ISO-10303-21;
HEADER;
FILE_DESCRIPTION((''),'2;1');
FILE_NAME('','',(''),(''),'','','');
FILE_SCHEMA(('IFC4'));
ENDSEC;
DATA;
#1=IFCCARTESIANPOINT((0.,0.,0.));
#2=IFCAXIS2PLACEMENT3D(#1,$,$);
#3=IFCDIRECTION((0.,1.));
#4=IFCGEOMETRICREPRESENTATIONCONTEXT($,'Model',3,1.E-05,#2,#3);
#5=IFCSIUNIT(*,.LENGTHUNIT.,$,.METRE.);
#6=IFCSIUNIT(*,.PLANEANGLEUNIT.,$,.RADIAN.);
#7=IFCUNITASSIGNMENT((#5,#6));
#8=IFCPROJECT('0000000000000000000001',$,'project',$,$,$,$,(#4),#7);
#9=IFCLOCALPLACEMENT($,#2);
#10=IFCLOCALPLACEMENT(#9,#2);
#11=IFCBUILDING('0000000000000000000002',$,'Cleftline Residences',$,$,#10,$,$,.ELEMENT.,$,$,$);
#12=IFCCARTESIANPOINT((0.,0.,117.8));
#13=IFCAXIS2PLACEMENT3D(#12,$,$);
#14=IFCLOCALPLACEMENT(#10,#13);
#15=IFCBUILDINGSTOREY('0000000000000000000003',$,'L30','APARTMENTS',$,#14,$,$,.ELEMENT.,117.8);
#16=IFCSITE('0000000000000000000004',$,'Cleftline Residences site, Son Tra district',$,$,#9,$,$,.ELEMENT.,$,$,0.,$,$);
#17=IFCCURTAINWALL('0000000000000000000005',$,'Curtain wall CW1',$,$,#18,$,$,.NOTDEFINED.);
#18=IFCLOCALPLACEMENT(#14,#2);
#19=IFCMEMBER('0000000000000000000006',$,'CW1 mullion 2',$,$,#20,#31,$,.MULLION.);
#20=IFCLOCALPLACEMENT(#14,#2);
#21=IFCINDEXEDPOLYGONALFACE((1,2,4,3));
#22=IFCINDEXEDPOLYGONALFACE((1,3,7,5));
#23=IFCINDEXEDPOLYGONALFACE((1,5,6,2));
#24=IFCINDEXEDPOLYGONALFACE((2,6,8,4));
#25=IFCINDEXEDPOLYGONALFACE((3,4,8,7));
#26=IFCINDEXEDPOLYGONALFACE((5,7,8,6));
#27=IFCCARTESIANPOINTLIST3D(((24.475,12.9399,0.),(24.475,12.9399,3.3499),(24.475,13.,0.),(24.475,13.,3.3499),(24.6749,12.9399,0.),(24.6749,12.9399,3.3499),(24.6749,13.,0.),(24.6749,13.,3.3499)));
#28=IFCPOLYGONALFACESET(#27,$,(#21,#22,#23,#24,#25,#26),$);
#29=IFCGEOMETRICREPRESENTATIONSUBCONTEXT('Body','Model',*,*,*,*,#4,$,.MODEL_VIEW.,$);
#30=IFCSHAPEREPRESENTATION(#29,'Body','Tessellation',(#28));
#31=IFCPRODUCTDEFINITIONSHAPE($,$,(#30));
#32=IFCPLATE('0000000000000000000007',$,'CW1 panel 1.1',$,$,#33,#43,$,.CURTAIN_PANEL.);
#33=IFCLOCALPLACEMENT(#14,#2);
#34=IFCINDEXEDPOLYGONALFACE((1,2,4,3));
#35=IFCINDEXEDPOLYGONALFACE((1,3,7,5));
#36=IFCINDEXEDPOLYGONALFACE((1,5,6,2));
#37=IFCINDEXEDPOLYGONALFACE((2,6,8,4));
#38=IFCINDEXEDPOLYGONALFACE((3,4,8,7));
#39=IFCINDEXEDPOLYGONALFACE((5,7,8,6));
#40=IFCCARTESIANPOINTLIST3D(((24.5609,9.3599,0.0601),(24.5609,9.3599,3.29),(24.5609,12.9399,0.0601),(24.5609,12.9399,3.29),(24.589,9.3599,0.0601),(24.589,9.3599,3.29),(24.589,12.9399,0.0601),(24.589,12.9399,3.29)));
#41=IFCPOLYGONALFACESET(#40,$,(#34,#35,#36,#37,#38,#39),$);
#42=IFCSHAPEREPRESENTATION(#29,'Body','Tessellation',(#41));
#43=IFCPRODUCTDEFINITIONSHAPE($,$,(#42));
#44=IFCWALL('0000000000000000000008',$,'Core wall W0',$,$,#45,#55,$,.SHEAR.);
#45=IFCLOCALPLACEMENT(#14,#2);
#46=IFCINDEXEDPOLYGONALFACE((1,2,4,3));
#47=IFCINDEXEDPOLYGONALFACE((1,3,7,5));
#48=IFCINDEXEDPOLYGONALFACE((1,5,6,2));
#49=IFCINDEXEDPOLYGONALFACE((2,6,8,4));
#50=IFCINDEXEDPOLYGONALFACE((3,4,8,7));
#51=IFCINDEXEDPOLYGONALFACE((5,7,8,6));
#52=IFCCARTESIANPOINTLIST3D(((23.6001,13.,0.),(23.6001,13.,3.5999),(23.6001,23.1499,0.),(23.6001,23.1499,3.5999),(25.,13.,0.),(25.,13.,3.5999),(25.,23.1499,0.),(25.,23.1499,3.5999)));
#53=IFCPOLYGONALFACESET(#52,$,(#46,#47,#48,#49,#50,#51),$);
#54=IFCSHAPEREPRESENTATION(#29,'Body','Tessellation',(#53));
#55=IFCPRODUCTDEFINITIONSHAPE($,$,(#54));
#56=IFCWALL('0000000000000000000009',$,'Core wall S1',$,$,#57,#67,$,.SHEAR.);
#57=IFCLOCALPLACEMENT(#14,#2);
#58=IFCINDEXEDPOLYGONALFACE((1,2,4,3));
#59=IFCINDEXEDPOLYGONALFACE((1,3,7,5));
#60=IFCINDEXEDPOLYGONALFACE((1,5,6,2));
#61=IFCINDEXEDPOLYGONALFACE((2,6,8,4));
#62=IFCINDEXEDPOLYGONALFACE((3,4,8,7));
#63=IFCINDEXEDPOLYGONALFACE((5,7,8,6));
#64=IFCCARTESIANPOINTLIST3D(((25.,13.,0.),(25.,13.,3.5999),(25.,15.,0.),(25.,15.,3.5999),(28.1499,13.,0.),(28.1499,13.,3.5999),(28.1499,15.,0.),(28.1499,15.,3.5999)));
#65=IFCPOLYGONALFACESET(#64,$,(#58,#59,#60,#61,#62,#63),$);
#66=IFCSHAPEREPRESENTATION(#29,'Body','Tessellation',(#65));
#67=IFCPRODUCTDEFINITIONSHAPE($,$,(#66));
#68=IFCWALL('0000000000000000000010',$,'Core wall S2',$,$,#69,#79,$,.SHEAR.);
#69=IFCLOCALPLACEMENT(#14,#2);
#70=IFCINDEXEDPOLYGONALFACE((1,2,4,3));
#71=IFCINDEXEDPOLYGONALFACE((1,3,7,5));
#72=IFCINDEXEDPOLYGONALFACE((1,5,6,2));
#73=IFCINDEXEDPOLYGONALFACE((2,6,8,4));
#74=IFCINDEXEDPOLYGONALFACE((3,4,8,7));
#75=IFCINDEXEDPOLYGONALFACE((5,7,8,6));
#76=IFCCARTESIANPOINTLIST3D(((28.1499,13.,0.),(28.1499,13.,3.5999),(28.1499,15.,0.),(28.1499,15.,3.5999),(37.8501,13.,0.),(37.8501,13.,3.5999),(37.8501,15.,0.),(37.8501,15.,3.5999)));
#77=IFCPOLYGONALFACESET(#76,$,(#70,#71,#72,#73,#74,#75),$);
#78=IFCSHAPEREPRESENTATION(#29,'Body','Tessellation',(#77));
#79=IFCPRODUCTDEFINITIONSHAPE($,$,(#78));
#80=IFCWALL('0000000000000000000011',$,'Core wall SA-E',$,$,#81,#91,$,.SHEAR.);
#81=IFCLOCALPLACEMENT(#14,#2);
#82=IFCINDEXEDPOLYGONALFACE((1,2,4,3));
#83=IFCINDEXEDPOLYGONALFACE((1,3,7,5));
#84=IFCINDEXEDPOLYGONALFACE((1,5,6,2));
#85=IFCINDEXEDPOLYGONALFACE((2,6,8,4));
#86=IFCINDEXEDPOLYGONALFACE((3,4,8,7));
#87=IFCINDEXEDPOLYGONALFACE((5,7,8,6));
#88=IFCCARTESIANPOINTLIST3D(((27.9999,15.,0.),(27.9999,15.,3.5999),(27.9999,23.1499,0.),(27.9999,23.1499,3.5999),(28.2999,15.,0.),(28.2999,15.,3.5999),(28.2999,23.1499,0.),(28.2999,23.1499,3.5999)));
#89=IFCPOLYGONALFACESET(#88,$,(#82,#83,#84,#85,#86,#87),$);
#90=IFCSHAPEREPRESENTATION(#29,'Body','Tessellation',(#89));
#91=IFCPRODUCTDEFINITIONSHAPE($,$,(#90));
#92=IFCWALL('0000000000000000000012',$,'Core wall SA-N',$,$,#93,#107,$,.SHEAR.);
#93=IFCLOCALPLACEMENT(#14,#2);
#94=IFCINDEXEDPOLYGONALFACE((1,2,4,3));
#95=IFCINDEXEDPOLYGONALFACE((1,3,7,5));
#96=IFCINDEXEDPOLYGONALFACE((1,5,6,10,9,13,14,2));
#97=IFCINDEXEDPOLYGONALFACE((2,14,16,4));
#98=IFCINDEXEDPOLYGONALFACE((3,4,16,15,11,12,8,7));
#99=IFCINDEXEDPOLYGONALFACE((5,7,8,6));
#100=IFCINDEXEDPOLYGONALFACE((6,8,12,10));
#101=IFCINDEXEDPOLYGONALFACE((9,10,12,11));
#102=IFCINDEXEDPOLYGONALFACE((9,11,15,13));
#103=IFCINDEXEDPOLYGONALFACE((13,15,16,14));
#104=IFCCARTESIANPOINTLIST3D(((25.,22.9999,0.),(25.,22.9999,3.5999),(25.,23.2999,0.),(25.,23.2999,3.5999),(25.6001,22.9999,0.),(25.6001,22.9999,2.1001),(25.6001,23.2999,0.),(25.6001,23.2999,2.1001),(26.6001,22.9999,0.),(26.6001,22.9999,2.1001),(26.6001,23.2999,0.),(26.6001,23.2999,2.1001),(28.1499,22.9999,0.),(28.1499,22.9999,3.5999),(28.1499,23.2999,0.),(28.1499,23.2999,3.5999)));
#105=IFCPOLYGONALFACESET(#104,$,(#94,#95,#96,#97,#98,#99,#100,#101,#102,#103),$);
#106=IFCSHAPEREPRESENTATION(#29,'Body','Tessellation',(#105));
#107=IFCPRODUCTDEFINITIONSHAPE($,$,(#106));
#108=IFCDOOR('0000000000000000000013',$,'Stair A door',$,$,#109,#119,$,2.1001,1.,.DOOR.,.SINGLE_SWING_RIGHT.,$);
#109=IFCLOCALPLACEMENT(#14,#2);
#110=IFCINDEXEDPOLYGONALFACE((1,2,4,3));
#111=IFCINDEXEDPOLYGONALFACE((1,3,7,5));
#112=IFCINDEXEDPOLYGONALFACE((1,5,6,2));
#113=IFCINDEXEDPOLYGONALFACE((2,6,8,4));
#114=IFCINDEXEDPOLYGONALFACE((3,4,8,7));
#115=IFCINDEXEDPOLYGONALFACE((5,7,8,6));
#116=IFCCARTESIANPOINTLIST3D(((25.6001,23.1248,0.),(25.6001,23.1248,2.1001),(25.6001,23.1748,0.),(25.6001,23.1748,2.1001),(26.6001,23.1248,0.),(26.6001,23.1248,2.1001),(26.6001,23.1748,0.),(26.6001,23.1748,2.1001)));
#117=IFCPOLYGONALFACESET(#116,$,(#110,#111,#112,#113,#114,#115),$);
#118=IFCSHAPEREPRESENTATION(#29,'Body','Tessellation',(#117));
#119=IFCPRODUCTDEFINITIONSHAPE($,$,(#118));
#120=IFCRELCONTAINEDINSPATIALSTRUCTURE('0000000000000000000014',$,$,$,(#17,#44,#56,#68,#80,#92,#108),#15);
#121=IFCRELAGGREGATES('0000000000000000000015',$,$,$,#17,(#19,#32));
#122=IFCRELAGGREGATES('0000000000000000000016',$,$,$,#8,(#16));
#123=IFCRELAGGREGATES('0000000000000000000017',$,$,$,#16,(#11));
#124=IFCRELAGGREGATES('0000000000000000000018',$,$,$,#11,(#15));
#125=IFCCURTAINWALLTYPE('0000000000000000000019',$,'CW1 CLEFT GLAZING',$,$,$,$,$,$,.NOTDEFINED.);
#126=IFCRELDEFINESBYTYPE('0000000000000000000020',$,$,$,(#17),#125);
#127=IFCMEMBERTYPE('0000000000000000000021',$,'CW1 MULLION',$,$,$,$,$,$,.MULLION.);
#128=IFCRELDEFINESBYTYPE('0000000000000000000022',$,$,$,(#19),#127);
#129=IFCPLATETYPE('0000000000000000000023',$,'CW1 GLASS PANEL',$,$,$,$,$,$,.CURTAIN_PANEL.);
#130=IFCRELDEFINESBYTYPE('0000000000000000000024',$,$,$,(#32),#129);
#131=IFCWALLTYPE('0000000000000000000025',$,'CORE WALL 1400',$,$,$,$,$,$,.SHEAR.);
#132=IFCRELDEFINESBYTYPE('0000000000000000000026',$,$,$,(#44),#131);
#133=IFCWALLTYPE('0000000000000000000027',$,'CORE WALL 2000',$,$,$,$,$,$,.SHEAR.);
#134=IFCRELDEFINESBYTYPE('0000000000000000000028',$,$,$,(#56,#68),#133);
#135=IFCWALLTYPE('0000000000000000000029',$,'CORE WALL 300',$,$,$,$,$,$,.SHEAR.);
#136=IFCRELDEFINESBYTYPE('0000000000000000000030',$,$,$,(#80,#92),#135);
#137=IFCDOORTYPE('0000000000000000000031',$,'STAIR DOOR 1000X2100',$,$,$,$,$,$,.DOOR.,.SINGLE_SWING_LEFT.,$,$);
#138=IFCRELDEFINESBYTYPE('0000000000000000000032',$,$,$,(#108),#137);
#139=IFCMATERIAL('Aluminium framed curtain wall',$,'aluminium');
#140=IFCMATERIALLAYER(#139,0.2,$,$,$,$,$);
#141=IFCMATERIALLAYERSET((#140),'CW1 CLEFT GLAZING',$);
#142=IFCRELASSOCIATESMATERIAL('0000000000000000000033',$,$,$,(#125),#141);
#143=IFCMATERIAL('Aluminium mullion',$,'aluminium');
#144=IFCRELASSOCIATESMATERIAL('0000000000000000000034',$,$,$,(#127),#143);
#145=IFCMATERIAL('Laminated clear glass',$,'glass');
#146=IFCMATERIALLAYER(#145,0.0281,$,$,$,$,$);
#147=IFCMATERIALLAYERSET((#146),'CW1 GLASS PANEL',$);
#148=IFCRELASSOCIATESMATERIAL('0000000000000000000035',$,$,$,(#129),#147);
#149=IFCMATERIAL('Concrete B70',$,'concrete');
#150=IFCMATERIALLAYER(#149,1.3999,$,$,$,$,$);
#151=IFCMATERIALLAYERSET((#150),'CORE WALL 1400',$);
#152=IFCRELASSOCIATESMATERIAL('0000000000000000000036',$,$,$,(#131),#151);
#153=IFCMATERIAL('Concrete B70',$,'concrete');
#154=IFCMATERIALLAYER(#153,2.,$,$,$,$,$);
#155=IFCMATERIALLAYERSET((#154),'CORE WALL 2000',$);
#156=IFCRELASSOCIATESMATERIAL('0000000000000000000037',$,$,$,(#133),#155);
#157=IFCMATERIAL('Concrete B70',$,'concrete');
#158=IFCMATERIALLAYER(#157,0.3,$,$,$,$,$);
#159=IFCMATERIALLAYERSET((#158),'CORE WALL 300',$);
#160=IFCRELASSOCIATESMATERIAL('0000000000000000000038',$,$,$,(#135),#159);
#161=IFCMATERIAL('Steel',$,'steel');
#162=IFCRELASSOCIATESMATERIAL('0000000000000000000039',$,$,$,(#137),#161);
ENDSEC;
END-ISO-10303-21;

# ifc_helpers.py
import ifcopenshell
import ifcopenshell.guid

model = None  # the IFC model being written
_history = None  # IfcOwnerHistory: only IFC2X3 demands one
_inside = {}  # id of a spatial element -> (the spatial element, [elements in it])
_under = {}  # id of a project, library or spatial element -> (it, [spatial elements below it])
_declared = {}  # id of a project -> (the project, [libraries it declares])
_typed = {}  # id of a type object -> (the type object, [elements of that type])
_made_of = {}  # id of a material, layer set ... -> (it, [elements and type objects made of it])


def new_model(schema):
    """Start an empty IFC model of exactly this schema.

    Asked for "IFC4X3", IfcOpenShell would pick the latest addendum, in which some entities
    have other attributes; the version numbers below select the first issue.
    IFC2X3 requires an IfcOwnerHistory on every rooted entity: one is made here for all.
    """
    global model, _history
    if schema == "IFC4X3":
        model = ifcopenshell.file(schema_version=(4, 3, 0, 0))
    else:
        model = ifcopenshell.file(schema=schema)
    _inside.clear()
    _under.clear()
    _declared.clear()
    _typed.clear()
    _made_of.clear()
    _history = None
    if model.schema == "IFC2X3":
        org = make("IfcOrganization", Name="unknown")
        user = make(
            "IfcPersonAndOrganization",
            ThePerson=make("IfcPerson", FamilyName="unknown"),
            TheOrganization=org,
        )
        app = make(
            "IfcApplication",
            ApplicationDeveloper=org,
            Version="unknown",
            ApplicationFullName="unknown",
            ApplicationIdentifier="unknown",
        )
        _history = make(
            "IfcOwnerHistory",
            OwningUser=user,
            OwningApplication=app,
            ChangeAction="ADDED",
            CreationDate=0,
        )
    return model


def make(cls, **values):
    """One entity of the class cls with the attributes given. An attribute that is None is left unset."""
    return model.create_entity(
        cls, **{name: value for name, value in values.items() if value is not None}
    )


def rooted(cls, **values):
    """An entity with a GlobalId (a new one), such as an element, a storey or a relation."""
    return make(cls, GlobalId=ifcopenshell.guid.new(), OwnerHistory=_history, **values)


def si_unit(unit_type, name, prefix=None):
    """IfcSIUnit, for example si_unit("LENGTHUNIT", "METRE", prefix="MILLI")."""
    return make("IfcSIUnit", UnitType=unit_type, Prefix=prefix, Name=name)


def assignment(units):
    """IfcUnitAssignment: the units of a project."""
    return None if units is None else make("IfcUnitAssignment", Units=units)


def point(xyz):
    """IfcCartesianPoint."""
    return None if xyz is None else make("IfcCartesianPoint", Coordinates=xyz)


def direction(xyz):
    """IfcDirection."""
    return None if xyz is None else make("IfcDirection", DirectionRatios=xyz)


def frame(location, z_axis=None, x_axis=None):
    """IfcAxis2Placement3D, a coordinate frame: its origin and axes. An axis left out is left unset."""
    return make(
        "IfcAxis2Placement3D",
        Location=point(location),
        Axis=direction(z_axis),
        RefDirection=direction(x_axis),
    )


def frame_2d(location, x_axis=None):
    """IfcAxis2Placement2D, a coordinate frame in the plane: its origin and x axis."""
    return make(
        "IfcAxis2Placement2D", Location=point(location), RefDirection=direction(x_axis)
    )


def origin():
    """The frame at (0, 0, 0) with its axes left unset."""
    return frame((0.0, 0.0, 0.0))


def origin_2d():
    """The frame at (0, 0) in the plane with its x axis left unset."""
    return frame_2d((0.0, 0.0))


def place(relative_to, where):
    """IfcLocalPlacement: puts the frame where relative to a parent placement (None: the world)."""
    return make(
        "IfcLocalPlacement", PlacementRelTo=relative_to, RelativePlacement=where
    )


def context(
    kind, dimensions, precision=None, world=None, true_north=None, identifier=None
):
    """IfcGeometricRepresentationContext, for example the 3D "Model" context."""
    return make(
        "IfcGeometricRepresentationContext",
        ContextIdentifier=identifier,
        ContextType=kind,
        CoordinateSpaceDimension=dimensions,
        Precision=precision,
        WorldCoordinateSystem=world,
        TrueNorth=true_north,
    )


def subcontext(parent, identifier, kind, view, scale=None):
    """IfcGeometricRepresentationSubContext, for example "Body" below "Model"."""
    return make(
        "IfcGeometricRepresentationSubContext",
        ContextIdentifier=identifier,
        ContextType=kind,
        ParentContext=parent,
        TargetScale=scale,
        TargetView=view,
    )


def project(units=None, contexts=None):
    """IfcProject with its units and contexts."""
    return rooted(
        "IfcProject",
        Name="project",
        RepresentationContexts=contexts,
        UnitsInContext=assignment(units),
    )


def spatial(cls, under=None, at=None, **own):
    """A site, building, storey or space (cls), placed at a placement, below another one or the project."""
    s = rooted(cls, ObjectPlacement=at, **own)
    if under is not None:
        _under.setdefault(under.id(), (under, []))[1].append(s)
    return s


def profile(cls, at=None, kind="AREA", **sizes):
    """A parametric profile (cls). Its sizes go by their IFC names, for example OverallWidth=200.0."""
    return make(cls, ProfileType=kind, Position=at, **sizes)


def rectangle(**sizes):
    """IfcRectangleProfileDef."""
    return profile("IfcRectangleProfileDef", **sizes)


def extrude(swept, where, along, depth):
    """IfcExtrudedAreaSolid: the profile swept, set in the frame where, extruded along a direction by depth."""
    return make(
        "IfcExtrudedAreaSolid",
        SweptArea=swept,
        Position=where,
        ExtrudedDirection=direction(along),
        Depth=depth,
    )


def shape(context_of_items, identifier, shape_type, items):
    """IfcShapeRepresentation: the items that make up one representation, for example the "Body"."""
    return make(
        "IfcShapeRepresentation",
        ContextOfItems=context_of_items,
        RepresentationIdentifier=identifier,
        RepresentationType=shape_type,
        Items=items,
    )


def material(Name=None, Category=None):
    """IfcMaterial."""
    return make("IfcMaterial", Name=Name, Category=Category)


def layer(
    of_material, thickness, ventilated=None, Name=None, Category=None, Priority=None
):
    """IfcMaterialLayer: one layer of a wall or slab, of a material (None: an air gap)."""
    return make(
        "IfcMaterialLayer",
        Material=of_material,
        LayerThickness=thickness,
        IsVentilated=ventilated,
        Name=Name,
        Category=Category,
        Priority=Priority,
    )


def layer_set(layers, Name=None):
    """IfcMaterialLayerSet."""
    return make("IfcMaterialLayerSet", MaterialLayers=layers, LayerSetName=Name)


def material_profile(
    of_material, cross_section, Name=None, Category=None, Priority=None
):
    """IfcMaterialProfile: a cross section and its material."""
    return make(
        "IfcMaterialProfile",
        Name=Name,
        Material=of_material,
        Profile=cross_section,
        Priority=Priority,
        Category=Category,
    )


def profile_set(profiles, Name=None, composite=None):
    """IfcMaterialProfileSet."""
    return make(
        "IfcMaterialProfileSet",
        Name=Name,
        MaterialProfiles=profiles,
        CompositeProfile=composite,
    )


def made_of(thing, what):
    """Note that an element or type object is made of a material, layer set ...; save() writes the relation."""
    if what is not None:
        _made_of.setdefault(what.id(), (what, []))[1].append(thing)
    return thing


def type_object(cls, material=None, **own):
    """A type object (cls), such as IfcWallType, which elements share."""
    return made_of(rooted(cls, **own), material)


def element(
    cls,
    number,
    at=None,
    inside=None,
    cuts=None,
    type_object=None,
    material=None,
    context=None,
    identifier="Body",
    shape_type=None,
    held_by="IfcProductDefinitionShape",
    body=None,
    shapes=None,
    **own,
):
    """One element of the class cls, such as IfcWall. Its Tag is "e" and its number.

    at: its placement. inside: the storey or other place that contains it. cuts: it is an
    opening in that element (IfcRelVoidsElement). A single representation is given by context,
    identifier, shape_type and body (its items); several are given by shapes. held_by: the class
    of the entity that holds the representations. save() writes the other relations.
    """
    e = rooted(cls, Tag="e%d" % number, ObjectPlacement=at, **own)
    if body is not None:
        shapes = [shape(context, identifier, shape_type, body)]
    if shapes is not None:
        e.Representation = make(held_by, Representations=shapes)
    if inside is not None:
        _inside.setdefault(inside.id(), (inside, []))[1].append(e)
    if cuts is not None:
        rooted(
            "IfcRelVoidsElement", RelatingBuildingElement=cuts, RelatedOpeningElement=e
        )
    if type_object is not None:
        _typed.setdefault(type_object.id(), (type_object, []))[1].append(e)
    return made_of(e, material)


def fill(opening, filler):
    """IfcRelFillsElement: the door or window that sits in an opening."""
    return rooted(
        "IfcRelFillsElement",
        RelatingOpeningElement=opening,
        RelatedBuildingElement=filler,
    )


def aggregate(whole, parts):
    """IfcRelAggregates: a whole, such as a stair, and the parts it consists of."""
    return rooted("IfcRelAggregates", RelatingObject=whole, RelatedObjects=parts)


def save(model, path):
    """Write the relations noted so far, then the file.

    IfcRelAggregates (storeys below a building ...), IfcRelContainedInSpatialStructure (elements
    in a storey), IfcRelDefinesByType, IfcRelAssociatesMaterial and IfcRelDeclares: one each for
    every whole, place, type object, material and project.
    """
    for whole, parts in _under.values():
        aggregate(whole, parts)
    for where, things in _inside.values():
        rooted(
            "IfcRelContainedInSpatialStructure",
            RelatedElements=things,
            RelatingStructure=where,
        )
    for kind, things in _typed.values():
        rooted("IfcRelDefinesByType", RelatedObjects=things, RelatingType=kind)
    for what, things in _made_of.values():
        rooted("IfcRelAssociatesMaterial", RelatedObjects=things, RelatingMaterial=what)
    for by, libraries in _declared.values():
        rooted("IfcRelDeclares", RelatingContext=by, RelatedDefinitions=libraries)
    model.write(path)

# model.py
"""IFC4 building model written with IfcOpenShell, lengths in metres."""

from ifc_helpers import new_model, si_unit, direction, frame, frame_2d, origin, origin_2d, place, context, subcontext, project, spatial, rectangle, extrude, material, layer, layer_set, material_profile, profile_set, type_object, element, fill, aggregate, save


model = new_model("IFC4")

# Units and contexts
model_context = context("Model", 3, precision=1e-05, world=origin(), true_north=direction((0.0, 1.0)))
body_context = subcontext(model_context, "Body", "Model", "MODEL_VIEW")
ifc_project = project(units=[si_unit("LENGTHUNIT", "METRE"), si_unit("PLANEANGLEUNIT", "RADIAN")], contexts=[model_context])

# Site, building, storey
site_placement = place(None, origin())
site = spatial("IfcSite", under=ifc_project, at=site_placement, Name="Cleftline Residences site, Son Tra district", CompositionType="ELEMENT", RefElevation=0.0)
building_placement = place(site_placement, origin())
building = spatial("IfcBuilding", under=site, at=building_placement, Name="Cleftline Residences", CompositionType="ELEMENT")
storey_placement = place(building_placement, frame((0.0, 0.0, 117.8)))
storey = spatial("IfcBuildingStorey", under=building, at=storey_placement, Name="L30", Description="APARTMENTS", CompositionType="ELEMENT", Elevation=117.8)

# Curtain wall, member, plate
ifc_material_1 = material(Name="Aluminium framed curtain wall", Category="aluminium")
ifc_layer_1 = layer(ifc_material_1, 0.2)
ifc_layer_set_1 = layer_set([ifc_layer_1], Name="CW1 CLEFT GLAZING")
curtain_wall_type = type_object("IfcCurtainWallType", Name="CW1 CLEFT GLAZING", PredefinedType="NOTDEFINED", material=ifc_layer_set_1)
curtain_wall_placement = place(storey_placement, origin())
curtain_wall = element("IfcCurtainWall", 1, at=curtain_wall_placement, inside=storey, type_object=curtain_wall_type, Name="Curtain wall CW1", PredefinedType="NOTDEFINED")
ifc_material_2 = material(Name="Aluminium mullion", Category="aluminium")
ifc_material_profile = material_profile(ifc_material_2, rectangle(XDim=0.2, YDim=0.0601, at=origin_2d()))
ifc_profile_set = profile_set([ifc_material_profile], Name="Aluminium mullion")
member_type = type_object("IfcMemberType", Name="CW1 MULLION", PredefinedType="MULLION", material=ifc_profile_set)
member_placement = place(storey_placement, frame((24.575, 12.97, 0.0), z_axis=(0.0, 0.0, 1.0), x_axis=(-1.0, 0.0, 0.0)))
member = element("IfcMember", 2, at=member_placement, type_object=member_type, Name="CW1 mullion 2", PredefinedType="MULLION", context=body_context, shape_type="SweptSolid", body=[
    extrude(rectangle(XDim=0.2, YDim=0.0601, at=origin_2d()), origin(), (0.0, 0.0, 1.0), 3.3499),
])
ifc_material_3 = material(Name="Laminated clear glass", Category="glass")
ifc_layer_2 = layer(ifc_material_3, 0.0281)
ifc_layer_set_2 = layer_set([ifc_layer_2], Name="CW1 GLASS PANEL")
plate_type = type_object("IfcPlateType", Name="CW1 GLASS PANEL", PredefinedType="CURTAIN_PANEL", material=ifc_layer_set_2)
plate_placement = place(storey_placement, frame((24.575, 11.1499, 0.0601), z_axis=(0.0, 0.0, 1.0), x_axis=(0.0, 1.0, 0.0)))
plate = element("IfcPlate", 3, at=plate_placement, type_object=plate_type, Name="CW1 panel 1.1", PredefinedType="CURTAIN_PANEL", context=body_context, shape_type="SweptSolid", body=[
    extrude(rectangle(XDim=3.5801, YDim=0.0281, at=origin_2d()), origin(), (0.0, 0.0, 1.0), 3.23),
])
aggregate(curtain_wall, [member, plate])

# Wall
ifc_material_4 = material(Name="Concrete B70", Category="concrete")
ifc_layer_3 = layer(ifc_material_4, 1.3999)
ifc_layer_set_3 = layer_set([ifc_layer_3], Name="CORE WALL 1400")
wall_type_1 = type_object("IfcWallType", Name="CORE WALL 1400", PredefinedType="SHEAR", material=ifc_layer_set_3)
wall_1_placement = place(storey_placement, frame((24.3, 13.0, 0.0), z_axis=(0.0, 0.0, 1.0), x_axis=(0.0, 1.0, 0.0)))
element("IfcWall", 4, at=wall_1_placement, inside=storey, type_object=wall_type_1, Name="Core wall W0", PredefinedType="SHEAR", context=body_context, shape_type="SweptSolid", body=[
    extrude(rectangle(XDim=10.1499, YDim=1.3999, at=frame_2d((5.075, 0.0))), origin(), (0.0, 0.0, 1.0), 3.5999),
])

# Walls
ifc_material_5 = material(Name="Concrete B70", Category="concrete")
ifc_layer_4 = layer(ifc_material_5, 2.0)
ifc_layer_set_4 = layer_set([ifc_layer_4], Name="CORE WALL 2000")
wall_type_2 = type_object("IfcWallType", Name="CORE WALL 2000", PredefinedType="SHEAR", material=ifc_layer_set_4)
wall_2_placement = place(storey_placement, frame((25.0, 14.0, 0.0), z_axis=(0.0, 0.0, 1.0), x_axis=(1.0, 0.0, 0.0)))
element("IfcWall", 5, at=wall_2_placement, inside=storey, type_object=wall_type_2, Name="Core wall S1", PredefinedType="SHEAR", context=body_context, shape_type="SweptSolid", body=[
    extrude(rectangle(XDim=3.1499, YDim=2.0, at=frame_2d((1.575, 0.0))), origin(), (0.0, 0.0, 1.0), 3.5999),
])
wall_3_placement = place(storey_placement, frame((28.1499, 14.0, 0.0), z_axis=(0.0, 0.0, 1.0), x_axis=(1.0, 0.0, 0.0)))
element("IfcWall", 6, at=wall_3_placement, inside=storey, type_object=wall_type_2, Name="Core wall S2", PredefinedType="SHEAR", context=body_context, shape_type="SweptSolid", body=[
    extrude(rectangle(XDim=9.7002, YDim=2.0, at=frame_2d((4.8501, 0.0))), origin(), (0.0, 0.0, 1.0), 3.5999),
])
ifc_material_6 = material(Name="Concrete B70", Category="concrete")
ifc_layer_5 = layer(ifc_material_6, 0.3)
ifc_layer_set_5 = layer_set([ifc_layer_5], Name="CORE WALL 300")
wall_type_3 = type_object("IfcWallType", Name="CORE WALL 300", PredefinedType="SHEAR", material=ifc_layer_set_5)
wall_4_placement = place(storey_placement, frame((28.1499, 15.0, 0.0), z_axis=(0.0, 0.0, 1.0), x_axis=(0.0, 1.0, 0.0)))
element("IfcWall", 7, at=wall_4_placement, inside=storey, type_object=wall_type_3, Name="Core wall SA-E", PredefinedType="SHEAR", context=body_context, shape_type="SweptSolid", body=[
    extrude(rectangle(XDim=8.1499, YDim=0.3, at=frame_2d((4.075, 0.0))), origin(), (0.0, 0.0, 1.0), 3.5999),
])

# Wall, opening, door
wall_5_placement = place(storey_placement, frame((25.0, 23.1499, 0.0), z_axis=(0.0, 0.0, 1.0), x_axis=(1.0, 0.0, 0.0)))
wall_5 = element("IfcWall", 8, at=wall_5_placement, inside=storey, type_object=wall_type_3, Name="Core wall SA-N", PredefinedType="SHEAR", context=body_context, shape_type="SweptSolid", body=[
    extrude(rectangle(XDim=3.1499, YDim=0.3, at=frame_2d((1.575, 0.0))), origin(), (0.0, 0.0, 1.0), 3.5999),
])
opening_1_placement = place(wall_5_placement, frame((0.6001, 0.0, 0.0)))
opening_1 = element("IfcOpeningElement", 9, at=opening_1_placement, cuts=wall_5, PredefinedType="OPENING", context=body_context, shape_type="SweptSolid", body=[
    extrude(rectangle(XDim=1.0, YDim=2.1001, at=frame_2d((0.5, 1.05))), frame((0.0, 0.1599, 0.0), z_axis=(0.0, -1.0, 0.0), x_axis=(1.0, 0.0, 0.0)), (0.0, 0.0, 1.0), 0.3201),
])
ifc_material_7 = material(Name="Steel", Category="steel")
door_type_1 = type_object("IfcDoorType", Name="STAIR DOOR 1000X2100", OperationType="SINGLE_SWING_LEFT", PredefinedType="DOOR", material=ifc_material_7)
door_1_placement = place(opening_1_placement, origin())
door_1 = element("IfcDoor", 10, at=door_1_placement, inside=storey, type_object=door_type_1, Name="Stair A door", OperationType="SINGLE_SWING_RIGHT", OverallHeight=2.1001, OverallWidth=1.0, PredefinedType="DOOR", context=body_context, shape_type="SweptSolid", body=[
    extrude(rectangle(XDim=1.0, YDim=2.1001, at=frame_2d((0.5, 1.05))), frame((0.0, 0.0249, 0.0), z_axis=(0.0, -1.0, 0.0), x_axis=(1.0, 0.0, 0.0)), (0.0, 0.0, 1.0), 0.05),
])
fill(opening_1, door_1)

save(model, "model.ifc")
